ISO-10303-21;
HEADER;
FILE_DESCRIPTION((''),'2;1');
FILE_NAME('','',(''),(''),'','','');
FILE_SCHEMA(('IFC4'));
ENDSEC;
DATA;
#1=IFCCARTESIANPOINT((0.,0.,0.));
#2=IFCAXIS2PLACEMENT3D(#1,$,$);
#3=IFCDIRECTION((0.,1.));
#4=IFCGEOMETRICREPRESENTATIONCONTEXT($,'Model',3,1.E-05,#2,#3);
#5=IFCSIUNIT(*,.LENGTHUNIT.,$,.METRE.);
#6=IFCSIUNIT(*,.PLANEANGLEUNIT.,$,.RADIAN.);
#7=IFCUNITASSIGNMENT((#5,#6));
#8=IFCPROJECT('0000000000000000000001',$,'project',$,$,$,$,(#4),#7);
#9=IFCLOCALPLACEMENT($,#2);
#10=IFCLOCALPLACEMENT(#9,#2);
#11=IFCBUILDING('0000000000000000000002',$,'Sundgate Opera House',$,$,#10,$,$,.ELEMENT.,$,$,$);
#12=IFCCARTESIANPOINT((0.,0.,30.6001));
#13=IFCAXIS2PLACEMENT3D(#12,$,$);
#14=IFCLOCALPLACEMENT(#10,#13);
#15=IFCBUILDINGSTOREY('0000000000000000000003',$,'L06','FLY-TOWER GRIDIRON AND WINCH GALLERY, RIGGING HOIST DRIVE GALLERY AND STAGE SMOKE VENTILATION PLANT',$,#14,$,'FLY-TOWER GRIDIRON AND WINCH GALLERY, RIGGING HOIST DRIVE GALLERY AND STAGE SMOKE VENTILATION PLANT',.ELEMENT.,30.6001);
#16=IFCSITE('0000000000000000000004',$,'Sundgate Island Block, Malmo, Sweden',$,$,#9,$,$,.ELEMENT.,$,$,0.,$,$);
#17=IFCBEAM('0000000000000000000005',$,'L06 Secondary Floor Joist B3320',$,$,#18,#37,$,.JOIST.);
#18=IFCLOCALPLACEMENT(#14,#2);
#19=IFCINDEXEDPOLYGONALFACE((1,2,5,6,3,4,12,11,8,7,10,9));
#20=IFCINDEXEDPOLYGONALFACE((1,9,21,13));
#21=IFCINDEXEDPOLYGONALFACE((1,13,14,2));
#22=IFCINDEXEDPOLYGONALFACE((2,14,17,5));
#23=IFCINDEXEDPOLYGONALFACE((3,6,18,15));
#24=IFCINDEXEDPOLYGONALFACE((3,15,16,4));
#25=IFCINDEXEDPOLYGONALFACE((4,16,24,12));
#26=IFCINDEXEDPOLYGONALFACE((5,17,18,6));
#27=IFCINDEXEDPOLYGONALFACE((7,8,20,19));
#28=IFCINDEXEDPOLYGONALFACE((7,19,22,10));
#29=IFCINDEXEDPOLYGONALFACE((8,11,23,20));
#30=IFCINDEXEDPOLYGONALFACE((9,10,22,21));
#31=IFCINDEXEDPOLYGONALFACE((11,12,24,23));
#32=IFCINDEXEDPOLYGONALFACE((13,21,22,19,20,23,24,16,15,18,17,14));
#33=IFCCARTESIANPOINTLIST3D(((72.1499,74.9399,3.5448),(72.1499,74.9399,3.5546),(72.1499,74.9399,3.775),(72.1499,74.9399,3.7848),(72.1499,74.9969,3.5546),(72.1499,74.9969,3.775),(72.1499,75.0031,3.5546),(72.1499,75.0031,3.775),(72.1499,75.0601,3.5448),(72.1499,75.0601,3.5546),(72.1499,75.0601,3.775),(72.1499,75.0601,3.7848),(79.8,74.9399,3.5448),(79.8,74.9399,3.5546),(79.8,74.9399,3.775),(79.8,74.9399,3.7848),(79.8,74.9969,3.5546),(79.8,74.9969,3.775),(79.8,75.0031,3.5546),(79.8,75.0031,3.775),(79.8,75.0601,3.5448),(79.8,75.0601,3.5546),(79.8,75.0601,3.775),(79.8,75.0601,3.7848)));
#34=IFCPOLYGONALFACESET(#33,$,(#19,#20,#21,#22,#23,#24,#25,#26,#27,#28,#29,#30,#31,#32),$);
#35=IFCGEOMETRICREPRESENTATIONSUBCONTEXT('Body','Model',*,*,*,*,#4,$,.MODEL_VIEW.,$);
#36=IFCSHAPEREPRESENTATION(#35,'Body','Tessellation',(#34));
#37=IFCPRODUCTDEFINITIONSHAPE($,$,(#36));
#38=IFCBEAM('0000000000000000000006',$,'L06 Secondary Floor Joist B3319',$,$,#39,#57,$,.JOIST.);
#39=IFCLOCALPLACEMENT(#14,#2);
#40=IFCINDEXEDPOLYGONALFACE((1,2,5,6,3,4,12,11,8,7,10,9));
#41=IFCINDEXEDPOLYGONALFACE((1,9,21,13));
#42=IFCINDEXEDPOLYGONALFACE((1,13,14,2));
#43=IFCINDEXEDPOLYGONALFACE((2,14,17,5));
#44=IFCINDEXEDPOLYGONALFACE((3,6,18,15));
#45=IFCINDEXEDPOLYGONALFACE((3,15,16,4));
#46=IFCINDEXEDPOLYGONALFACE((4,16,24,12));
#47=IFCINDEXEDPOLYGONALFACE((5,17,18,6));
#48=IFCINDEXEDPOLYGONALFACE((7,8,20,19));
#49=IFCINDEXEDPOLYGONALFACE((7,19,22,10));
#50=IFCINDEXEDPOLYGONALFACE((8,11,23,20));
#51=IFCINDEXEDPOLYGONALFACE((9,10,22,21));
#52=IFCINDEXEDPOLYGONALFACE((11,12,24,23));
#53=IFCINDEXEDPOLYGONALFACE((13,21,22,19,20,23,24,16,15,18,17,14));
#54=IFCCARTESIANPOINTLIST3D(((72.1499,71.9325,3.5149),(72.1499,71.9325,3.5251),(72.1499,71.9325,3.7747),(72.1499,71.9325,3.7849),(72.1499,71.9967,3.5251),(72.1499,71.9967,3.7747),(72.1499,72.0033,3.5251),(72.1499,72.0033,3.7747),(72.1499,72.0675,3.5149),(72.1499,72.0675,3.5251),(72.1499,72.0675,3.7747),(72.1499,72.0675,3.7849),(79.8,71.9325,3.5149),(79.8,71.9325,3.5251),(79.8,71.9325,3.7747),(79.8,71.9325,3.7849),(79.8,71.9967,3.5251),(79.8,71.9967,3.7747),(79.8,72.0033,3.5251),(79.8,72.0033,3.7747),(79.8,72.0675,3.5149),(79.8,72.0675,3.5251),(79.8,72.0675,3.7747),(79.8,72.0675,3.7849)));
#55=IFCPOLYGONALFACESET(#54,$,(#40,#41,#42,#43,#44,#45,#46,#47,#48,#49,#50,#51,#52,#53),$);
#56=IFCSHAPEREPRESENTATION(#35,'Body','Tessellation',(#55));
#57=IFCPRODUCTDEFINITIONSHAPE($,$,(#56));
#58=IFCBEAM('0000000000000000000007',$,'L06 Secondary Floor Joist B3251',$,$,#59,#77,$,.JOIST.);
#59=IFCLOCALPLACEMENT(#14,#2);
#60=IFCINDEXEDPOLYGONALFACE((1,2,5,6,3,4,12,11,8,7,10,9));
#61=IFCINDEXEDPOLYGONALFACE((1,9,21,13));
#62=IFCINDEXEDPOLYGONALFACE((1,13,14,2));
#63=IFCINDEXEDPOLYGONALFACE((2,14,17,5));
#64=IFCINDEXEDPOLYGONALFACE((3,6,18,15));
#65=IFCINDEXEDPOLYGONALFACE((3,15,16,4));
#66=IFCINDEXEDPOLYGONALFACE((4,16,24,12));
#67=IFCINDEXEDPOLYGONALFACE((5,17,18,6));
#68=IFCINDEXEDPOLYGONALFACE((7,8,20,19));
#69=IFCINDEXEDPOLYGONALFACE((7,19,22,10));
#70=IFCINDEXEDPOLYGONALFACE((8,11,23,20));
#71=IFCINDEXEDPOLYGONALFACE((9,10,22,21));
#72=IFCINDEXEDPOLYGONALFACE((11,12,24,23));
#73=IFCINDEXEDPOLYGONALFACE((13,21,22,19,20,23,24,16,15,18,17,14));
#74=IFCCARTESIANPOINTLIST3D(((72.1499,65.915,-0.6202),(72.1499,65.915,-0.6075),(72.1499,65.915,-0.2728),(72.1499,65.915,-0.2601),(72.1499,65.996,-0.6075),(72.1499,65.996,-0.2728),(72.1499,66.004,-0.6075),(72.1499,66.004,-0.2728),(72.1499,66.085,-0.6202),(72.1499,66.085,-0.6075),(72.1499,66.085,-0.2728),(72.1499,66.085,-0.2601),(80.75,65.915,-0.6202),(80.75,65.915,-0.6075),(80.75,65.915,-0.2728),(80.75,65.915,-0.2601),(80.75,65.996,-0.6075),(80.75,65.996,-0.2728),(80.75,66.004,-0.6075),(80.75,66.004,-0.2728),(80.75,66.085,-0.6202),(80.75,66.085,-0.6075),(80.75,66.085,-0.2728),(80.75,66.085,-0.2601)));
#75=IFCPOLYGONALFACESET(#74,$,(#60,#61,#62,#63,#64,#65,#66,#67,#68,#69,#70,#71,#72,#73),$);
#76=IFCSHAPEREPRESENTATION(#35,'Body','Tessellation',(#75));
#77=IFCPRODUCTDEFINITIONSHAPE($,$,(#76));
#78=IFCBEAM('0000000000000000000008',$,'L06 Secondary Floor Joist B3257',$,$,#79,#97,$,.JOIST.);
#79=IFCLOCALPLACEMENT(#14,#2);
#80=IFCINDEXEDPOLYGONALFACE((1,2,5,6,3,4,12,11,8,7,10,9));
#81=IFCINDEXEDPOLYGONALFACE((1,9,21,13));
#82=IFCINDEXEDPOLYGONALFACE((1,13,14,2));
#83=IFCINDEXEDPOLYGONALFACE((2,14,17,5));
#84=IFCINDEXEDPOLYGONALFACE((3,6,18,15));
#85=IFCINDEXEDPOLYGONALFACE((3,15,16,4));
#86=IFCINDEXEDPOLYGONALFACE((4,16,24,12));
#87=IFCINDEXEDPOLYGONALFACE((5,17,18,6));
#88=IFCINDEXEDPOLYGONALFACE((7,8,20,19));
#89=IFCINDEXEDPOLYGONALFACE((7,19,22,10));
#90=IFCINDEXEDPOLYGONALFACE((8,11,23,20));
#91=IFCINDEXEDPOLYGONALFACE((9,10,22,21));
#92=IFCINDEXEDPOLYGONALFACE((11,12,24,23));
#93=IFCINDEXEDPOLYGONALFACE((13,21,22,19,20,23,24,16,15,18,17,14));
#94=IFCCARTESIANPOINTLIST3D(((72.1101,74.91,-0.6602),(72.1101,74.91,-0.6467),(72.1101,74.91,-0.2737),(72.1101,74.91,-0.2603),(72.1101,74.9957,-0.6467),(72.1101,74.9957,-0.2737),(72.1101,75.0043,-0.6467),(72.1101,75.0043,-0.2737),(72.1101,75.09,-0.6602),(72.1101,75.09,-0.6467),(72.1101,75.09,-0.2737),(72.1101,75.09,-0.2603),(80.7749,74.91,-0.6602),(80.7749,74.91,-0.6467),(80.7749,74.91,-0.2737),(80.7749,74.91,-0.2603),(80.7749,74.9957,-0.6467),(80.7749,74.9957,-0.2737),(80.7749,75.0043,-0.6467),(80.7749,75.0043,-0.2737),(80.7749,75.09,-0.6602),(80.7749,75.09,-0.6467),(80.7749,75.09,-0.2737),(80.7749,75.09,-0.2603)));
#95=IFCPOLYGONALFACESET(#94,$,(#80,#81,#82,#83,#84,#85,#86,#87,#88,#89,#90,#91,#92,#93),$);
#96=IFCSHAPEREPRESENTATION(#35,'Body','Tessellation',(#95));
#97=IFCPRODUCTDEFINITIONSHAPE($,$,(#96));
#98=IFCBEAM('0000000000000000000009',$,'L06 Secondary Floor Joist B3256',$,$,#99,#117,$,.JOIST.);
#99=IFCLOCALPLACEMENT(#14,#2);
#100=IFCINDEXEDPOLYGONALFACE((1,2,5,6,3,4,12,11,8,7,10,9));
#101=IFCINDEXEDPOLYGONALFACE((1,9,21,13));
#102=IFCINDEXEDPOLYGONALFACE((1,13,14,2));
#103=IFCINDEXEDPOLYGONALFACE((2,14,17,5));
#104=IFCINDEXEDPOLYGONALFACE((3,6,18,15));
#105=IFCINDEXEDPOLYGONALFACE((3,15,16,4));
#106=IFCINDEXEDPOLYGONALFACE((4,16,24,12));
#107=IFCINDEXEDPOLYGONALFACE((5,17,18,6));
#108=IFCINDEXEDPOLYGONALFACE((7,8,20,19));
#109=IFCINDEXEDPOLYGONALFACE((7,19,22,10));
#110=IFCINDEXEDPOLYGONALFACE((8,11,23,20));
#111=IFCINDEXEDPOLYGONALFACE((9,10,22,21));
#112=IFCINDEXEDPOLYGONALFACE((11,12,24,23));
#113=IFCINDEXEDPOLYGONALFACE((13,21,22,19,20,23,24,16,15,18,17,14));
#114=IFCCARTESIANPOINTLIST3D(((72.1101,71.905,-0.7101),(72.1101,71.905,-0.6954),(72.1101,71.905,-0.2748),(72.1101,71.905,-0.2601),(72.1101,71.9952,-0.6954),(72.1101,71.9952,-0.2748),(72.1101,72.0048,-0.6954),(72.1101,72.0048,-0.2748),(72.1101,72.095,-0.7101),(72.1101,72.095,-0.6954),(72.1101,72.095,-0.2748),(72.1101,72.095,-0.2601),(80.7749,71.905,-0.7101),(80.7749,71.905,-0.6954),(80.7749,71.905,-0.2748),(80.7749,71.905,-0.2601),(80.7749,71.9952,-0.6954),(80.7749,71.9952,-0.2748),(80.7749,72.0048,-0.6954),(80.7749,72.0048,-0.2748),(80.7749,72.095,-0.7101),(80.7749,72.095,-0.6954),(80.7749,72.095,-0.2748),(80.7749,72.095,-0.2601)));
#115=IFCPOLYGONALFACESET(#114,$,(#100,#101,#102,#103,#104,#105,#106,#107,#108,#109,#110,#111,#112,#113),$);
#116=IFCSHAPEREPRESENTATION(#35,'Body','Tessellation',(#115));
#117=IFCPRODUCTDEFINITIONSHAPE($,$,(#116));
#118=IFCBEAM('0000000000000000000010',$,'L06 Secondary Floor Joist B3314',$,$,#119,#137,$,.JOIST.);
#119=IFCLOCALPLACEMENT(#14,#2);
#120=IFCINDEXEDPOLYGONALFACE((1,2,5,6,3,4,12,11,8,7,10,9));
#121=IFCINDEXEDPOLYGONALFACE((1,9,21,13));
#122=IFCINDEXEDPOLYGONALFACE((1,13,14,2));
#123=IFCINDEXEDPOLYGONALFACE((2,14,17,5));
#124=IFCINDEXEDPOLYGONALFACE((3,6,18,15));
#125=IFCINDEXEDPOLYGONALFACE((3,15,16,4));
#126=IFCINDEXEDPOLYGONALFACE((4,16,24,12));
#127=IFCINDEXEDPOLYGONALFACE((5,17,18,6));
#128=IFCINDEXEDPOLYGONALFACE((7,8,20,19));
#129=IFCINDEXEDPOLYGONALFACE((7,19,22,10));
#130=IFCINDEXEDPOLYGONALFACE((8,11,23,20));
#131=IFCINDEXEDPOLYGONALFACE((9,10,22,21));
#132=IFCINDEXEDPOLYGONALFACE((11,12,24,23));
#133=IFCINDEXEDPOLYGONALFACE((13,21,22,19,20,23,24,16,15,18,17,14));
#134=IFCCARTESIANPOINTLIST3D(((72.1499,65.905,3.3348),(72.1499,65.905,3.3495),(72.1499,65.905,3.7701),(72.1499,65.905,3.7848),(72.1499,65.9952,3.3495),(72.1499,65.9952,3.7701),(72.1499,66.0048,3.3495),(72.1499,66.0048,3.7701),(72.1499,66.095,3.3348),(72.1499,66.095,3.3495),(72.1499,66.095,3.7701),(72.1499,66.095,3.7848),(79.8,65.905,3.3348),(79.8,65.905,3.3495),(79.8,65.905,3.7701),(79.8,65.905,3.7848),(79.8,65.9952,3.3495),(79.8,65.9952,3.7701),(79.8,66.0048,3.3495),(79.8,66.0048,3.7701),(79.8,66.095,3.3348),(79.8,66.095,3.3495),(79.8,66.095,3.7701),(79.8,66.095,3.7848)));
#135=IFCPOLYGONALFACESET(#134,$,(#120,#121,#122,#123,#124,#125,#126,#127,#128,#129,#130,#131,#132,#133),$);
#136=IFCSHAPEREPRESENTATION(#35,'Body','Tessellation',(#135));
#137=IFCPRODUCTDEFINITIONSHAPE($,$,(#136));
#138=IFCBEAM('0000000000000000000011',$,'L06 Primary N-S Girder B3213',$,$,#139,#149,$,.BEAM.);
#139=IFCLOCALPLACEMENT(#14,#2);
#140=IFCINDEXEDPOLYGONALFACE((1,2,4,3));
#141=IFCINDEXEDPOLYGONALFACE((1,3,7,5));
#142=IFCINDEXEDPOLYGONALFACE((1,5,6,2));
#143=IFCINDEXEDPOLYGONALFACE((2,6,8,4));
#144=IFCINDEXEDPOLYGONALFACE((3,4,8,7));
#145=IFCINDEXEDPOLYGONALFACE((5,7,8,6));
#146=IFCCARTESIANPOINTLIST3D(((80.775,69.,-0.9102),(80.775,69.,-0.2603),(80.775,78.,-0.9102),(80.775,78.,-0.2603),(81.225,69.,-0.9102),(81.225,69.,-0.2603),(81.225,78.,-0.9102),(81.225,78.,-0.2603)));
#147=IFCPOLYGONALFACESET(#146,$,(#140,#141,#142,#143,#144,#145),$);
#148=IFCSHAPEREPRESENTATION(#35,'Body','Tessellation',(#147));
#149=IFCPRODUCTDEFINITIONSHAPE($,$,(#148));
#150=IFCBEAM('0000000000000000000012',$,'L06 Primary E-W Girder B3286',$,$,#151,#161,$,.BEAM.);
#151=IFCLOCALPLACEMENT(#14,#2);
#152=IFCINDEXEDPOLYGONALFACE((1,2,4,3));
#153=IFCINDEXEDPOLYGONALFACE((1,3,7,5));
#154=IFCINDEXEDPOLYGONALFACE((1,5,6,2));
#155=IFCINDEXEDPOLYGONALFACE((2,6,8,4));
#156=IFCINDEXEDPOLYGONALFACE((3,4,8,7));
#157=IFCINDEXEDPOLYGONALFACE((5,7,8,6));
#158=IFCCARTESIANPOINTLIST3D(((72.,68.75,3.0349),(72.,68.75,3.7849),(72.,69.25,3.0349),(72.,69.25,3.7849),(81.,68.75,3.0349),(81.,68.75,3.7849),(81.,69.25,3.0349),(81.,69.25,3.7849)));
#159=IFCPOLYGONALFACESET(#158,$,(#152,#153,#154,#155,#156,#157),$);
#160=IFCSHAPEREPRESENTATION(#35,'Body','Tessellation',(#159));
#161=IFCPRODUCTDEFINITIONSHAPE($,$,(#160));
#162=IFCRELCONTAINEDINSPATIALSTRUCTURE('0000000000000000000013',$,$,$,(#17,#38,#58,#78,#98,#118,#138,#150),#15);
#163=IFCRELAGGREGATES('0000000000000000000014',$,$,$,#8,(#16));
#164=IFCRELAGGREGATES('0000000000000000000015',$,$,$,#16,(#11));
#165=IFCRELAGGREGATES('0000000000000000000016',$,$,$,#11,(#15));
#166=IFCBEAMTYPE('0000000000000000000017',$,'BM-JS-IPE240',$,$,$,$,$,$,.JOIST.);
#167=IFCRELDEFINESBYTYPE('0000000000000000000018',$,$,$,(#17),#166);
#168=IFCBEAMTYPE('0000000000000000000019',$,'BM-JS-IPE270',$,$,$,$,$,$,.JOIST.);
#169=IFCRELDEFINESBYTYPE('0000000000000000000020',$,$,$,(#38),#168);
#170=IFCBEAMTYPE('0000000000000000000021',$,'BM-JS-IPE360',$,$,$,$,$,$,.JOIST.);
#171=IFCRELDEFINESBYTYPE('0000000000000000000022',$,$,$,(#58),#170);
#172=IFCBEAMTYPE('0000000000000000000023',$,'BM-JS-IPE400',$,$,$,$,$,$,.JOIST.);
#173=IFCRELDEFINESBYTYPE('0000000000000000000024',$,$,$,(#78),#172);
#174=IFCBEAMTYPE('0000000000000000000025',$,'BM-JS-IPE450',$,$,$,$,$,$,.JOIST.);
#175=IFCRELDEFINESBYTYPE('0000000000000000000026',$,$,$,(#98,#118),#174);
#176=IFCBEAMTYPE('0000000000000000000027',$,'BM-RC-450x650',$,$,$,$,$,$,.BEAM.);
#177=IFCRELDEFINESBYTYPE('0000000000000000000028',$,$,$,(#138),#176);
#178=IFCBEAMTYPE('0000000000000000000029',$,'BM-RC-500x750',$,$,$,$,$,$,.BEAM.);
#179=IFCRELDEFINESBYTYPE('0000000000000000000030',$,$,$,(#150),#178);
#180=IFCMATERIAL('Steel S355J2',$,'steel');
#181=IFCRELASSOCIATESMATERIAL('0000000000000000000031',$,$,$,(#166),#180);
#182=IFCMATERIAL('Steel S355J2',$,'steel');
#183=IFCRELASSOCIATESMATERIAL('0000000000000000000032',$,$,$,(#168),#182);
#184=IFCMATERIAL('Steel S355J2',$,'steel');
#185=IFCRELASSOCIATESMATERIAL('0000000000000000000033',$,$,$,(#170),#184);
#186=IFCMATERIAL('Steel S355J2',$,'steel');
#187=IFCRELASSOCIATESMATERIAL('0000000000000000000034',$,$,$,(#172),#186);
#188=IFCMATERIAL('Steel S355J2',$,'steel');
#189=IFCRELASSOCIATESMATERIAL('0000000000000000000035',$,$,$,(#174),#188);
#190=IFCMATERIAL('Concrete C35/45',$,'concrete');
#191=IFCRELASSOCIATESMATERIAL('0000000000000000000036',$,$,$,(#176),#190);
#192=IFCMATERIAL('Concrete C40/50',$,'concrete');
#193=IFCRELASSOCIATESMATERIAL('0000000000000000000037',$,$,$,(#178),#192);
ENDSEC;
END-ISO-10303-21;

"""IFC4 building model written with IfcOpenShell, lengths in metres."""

from ifc_helpers import new_model, si_unit, direction, frame, origin, origin_2d, place, context, subcontext, project, spatial, rectangle, i_section, extrude, material, material_profile, profile_set, type_object, element, save


model = new_model("IFC4")

# Units and contexts
model_context = context("Model", 3, precision=1e-05, world=origin(), true_north=direction((0.0, 1.0)))
body_context = subcontext(model_context, "Body", "Model", "MODEL_VIEW")
ifc_project = project(units=[si_unit("LENGTHUNIT", "METRE"), si_unit("PLANEANGLEUNIT", "RADIAN")], contexts=[model_context])

# Site, building, storey
site_placement = place(None, origin())
site = spatial("IfcSite", under=ifc_project, at=site_placement, Name="Sundgate Island Block, Malmo, Sweden", CompositionType="ELEMENT", RefElevation=0.0)
building_placement = place(site_placement, origin())
building = spatial("IfcBuilding", under=site, at=building_placement, Name="Sundgate Opera House", CompositionType="ELEMENT")
storey_placement = place(building_placement, frame((0.0, 0.0, 30.6001)))
storey = spatial("IfcBuildingStorey", under=building, at=storey_placement, Name="L06", Description="FLY-TOWER GRIDIRON AND WINCH GALLERY, RIGGING HOIST DRIVE GALLERY AND STAGE SMOKE VENTILATION PLANT", LongName="FLY-TOWER GRIDIRON AND WINCH GALLERY, RIGGING HOIST DRIVE GALLERY AND STAGE SMOKE VENTILATION PLANT", CompositionType="ELEMENT", Elevation=30.6001)

# Beams
ifc_material_1 = material(Name="Steel S355J2", Category="steel")
ifc_material_profile_1 = material_profile(ifc_material_1, i_section(OverallWidth=0.1201, OverallDepth=0.24, WebThickness=0.0061, FlangeThickness=0.0098, at=origin_2d()), Name="IPE 240")
ifc_profile_set_1 = profile_set([ifc_material_profile_1], Name="Steel S355J2")
beam_type_1 = type_object("IfcBeamType", Name="BM-JS-IPE240", PredefinedType="JOIST", material=ifc_profile_set_1)
beam_1_placement = place(storey_placement, frame((72.1499, 75.0, 3.6648), z_axis=(1.0, 0.0, 0.0), x_axis=(0.0, 1.0, 0.0)))
element("IfcBeam", 1, at=beam_1_placement, inside=storey, type_object=beam_type_1, Name="L06 Secondary Floor Joist B3320", PredefinedType="JOIST", context=body_context, shape_type="SweptSolid", body=[
    extrude(i_section(OverallWidth=0.1201, OverallDepth=0.24, WebThickness=0.0061, FlangeThickness=0.0098, at=origin_2d()), origin(), (0.0, 0.0, 1.0), 7.6501),
])
ifc_material_2 = material(Name="Steel S355J2", Category="steel")
ifc_material_profile_2 = material_profile(ifc_material_2, i_section(OverallWidth=0.135, OverallDepth=0.27, WebThickness=0.0066, FlangeThickness=0.0103, at=origin_2d()), Name="IPE 270")
ifc_profile_set_2 = profile_set([ifc_material_profile_2], Name="Steel S355J2")
beam_type_2 = type_object("IfcBeamType", Name="BM-JS-IPE270", PredefinedType="JOIST", material=ifc_profile_set_2)
beam_2_placement = place(storey_placement, frame((72.1499, 72.0, 3.6499), z_axis=(1.0, 0.0, 0.0), x_axis=(0.0, 1.0, 0.0)))
element("IfcBeam", 2, at=beam_2_placement, inside=storey, type_object=beam_type_2, Name="L06 Secondary Floor Joist B3319", PredefinedType="JOIST", context=body_context, shape_type="SweptSolid", body=[
    extrude(i_section(OverallWidth=0.135, OverallDepth=0.27, WebThickness=0.0066, FlangeThickness=0.0103, at=origin_2d()), origin(), (0.0, 0.0, 1.0), 7.6501),
])
ifc_material_3 = material(Name="Steel S355J2", Category="steel")
ifc_material_profile_3 = material_profile(ifc_material_3, i_section(OverallWidth=0.1699, OverallDepth=0.3601, WebThickness=0.0081, FlangeThickness=0.0127, at=origin_2d()), Name="IPE 360")
ifc_profile_set_3 = profile_set([ifc_material_profile_3], Name="Steel S355J2")
beam_type_3 = type_object("IfcBeamType", Name="BM-JS-IPE360", PredefinedType="JOIST", material=ifc_profile_set_3)
beam_3_placement = place(storey_placement, frame((72.1499, 66.0, -0.4402), z_axis=(1.0, 0.0, 0.0), x_axis=(0.0, 1.0, 0.0)))
element("IfcBeam", 3, at=beam_3_placement, inside=storey, type_object=beam_type_3, Name="L06 Secondary Floor Joist B3251", PredefinedType="JOIST", context=body_context, shape_type="SweptSolid", body=[
    extrude(i_section(OverallWidth=0.1699, OverallDepth=0.3601, WebThickness=0.0081, FlangeThickness=0.0127, at=origin_2d()), origin(), (0.0, 0.0, 1.0), 8.6001),
])
ifc_material_4 = material(Name="Steel S355J2", Category="steel")
ifc_material_profile_4 = material_profile(ifc_material_4, i_section(OverallWidth=0.1799, OverallDepth=0.3999, WebThickness=0.0085, FlangeThickness=0.0134, at=origin_2d()), Name="IPE 400")
ifc_profile_set_4 = profile_set([ifc_material_profile_4], Name="Steel S355J2")
beam_type_4 = type_object("IfcBeamType", Name="BM-JS-IPE400", PredefinedType="JOIST", material=ifc_profile_set_4)
beam_4_placement = place(storey_placement, frame((72.1101, 75.0, -0.4602), z_axis=(1.0, 0.0, 0.0), x_axis=(0.0, 1.0, 0.0)))
element("IfcBeam", 4, at=beam_4_placement, inside=storey, type_object=beam_type_4, Name="L06 Secondary Floor Joist B3257", PredefinedType="JOIST", context=body_context, shape_type="SweptSolid", body=[
    extrude(i_section(OverallWidth=0.1799, OverallDepth=0.3999, WebThickness=0.0085, FlangeThickness=0.0134, at=origin_2d()), origin(), (0.0, 0.0, 1.0), 8.6648),
])
ifc_material_5 = material(Name="Steel S355J2", Category="steel")
ifc_material_profile_5 = material_profile(ifc_material_5, i_section(OverallWidth=0.1899, OverallDepth=0.45, WebThickness=0.0095, FlangeThickness=0.0146, at=origin_2d()), Name="IPE 450")
ifc_profile_set_5 = profile_set([ifc_material_profile_5], Name="Steel S355J2")
beam_type_5 = type_object("IfcBeamType", Name="BM-JS-IPE450", PredefinedType="JOIST", material=ifc_profile_set_5)
beam_5_placement = place(storey_placement, frame((72.1101, 72.0, -0.4851), z_axis=(1.0, 0.0, 0.0), x_axis=(0.0, 1.0, 0.0)))
element("IfcBeam", 5, at=beam_5_placement, inside=storey, type_object=beam_type_5, Name="L06 Secondary Floor Joist B3256", PredefinedType="JOIST", context=body_context, shape_type="SweptSolid", body=[
    extrude(i_section(OverallWidth=0.1899, OverallDepth=0.45, WebThickness=0.0095, FlangeThickness=0.0146, at=origin_2d()), origin(), (0.0, 0.0, 1.0), 8.6648),
])
beam_6_placement = place(storey_placement, frame((72.1499, 66.0, 3.5598), z_axis=(1.0, 0.0, 0.0), x_axis=(0.0, 1.0, 0.0)))
element("IfcBeam", 6, at=beam_6_placement, inside=storey, type_object=beam_type_5, Name="L06 Secondary Floor Joist B3314", PredefinedType="JOIST", context=body_context, shape_type="SweptSolid", body=[
    extrude(i_section(OverallWidth=0.1899, OverallDepth=0.45, WebThickness=0.0095, FlangeThickness=0.0146, at=origin_2d()), origin(), (0.0, 0.0, 1.0), 7.6501),
])
ifc_material_6 = material(Name="Concrete C35/45", Category="concrete")
ifc_material_profile_6 = material_profile(ifc_material_6, rectangle(XDim=0.45, YDim=0.6499, at=origin_2d()), Name="RC 450x650")
ifc_profile_set_6 = profile_set([ifc_material_profile_6], Name="Concrete C35/45")
beam_type_6 = type_object("IfcBeamType", Name="BM-RC-450x650", PredefinedType="BEAM", material=ifc_profile_set_6)
beam_7_placement = place(storey_placement, frame((81.0, 69.0, -0.5852), z_axis=(0.0, 1.0, 0.0), x_axis=(-1.0, 0.0, 0.0)))
element("IfcBeam", 7, at=beam_7_placement, inside=storey, type_object=beam_type_6, Name="L06 Primary N-S Girder B3213", PredefinedType="BEAM", context=body_context, shape_type="SweptSolid", body=[
    extrude(rectangle(XDim=0.45, YDim=0.6499, at=origin_2d()), origin(), (0.0, 0.0, 1.0), 9.0),
])
ifc_material_7 = material(Name="Concrete C40/50", Category="concrete")
ifc_material_profile_7 = material_profile(ifc_material_7, rectangle(XDim=0.5, YDim=0.75, at=origin_2d()), Name="RC 500x750")
ifc_profile_set_7 = profile_set([ifc_material_profile_7], Name="Concrete C40/50")
beam_type_7 = type_object("IfcBeamType", Name="BM-RC-500x750", PredefinedType="BEAM", material=ifc_profile_set_7)
beam_8_placement = place(storey_placement, frame((72.0, 69.0, 3.4099), z_axis=(1.0, 0.0, 0.0), x_axis=(0.0, 1.0, 0.0)))
element("IfcBeam", 8, at=beam_8_placement, inside=storey, type_object=beam_type_7, Name="L06 Primary E-W Girder B3286", PredefinedType="BEAM", context=body_context, shape_type="SweptSolid", body=[
    extrude(rectangle(XDim=0.5, YDim=0.75, at=origin_2d()), origin(), (0.0, 0.0, 1.0), 9.0),
])

save(model, "model.ifc")
